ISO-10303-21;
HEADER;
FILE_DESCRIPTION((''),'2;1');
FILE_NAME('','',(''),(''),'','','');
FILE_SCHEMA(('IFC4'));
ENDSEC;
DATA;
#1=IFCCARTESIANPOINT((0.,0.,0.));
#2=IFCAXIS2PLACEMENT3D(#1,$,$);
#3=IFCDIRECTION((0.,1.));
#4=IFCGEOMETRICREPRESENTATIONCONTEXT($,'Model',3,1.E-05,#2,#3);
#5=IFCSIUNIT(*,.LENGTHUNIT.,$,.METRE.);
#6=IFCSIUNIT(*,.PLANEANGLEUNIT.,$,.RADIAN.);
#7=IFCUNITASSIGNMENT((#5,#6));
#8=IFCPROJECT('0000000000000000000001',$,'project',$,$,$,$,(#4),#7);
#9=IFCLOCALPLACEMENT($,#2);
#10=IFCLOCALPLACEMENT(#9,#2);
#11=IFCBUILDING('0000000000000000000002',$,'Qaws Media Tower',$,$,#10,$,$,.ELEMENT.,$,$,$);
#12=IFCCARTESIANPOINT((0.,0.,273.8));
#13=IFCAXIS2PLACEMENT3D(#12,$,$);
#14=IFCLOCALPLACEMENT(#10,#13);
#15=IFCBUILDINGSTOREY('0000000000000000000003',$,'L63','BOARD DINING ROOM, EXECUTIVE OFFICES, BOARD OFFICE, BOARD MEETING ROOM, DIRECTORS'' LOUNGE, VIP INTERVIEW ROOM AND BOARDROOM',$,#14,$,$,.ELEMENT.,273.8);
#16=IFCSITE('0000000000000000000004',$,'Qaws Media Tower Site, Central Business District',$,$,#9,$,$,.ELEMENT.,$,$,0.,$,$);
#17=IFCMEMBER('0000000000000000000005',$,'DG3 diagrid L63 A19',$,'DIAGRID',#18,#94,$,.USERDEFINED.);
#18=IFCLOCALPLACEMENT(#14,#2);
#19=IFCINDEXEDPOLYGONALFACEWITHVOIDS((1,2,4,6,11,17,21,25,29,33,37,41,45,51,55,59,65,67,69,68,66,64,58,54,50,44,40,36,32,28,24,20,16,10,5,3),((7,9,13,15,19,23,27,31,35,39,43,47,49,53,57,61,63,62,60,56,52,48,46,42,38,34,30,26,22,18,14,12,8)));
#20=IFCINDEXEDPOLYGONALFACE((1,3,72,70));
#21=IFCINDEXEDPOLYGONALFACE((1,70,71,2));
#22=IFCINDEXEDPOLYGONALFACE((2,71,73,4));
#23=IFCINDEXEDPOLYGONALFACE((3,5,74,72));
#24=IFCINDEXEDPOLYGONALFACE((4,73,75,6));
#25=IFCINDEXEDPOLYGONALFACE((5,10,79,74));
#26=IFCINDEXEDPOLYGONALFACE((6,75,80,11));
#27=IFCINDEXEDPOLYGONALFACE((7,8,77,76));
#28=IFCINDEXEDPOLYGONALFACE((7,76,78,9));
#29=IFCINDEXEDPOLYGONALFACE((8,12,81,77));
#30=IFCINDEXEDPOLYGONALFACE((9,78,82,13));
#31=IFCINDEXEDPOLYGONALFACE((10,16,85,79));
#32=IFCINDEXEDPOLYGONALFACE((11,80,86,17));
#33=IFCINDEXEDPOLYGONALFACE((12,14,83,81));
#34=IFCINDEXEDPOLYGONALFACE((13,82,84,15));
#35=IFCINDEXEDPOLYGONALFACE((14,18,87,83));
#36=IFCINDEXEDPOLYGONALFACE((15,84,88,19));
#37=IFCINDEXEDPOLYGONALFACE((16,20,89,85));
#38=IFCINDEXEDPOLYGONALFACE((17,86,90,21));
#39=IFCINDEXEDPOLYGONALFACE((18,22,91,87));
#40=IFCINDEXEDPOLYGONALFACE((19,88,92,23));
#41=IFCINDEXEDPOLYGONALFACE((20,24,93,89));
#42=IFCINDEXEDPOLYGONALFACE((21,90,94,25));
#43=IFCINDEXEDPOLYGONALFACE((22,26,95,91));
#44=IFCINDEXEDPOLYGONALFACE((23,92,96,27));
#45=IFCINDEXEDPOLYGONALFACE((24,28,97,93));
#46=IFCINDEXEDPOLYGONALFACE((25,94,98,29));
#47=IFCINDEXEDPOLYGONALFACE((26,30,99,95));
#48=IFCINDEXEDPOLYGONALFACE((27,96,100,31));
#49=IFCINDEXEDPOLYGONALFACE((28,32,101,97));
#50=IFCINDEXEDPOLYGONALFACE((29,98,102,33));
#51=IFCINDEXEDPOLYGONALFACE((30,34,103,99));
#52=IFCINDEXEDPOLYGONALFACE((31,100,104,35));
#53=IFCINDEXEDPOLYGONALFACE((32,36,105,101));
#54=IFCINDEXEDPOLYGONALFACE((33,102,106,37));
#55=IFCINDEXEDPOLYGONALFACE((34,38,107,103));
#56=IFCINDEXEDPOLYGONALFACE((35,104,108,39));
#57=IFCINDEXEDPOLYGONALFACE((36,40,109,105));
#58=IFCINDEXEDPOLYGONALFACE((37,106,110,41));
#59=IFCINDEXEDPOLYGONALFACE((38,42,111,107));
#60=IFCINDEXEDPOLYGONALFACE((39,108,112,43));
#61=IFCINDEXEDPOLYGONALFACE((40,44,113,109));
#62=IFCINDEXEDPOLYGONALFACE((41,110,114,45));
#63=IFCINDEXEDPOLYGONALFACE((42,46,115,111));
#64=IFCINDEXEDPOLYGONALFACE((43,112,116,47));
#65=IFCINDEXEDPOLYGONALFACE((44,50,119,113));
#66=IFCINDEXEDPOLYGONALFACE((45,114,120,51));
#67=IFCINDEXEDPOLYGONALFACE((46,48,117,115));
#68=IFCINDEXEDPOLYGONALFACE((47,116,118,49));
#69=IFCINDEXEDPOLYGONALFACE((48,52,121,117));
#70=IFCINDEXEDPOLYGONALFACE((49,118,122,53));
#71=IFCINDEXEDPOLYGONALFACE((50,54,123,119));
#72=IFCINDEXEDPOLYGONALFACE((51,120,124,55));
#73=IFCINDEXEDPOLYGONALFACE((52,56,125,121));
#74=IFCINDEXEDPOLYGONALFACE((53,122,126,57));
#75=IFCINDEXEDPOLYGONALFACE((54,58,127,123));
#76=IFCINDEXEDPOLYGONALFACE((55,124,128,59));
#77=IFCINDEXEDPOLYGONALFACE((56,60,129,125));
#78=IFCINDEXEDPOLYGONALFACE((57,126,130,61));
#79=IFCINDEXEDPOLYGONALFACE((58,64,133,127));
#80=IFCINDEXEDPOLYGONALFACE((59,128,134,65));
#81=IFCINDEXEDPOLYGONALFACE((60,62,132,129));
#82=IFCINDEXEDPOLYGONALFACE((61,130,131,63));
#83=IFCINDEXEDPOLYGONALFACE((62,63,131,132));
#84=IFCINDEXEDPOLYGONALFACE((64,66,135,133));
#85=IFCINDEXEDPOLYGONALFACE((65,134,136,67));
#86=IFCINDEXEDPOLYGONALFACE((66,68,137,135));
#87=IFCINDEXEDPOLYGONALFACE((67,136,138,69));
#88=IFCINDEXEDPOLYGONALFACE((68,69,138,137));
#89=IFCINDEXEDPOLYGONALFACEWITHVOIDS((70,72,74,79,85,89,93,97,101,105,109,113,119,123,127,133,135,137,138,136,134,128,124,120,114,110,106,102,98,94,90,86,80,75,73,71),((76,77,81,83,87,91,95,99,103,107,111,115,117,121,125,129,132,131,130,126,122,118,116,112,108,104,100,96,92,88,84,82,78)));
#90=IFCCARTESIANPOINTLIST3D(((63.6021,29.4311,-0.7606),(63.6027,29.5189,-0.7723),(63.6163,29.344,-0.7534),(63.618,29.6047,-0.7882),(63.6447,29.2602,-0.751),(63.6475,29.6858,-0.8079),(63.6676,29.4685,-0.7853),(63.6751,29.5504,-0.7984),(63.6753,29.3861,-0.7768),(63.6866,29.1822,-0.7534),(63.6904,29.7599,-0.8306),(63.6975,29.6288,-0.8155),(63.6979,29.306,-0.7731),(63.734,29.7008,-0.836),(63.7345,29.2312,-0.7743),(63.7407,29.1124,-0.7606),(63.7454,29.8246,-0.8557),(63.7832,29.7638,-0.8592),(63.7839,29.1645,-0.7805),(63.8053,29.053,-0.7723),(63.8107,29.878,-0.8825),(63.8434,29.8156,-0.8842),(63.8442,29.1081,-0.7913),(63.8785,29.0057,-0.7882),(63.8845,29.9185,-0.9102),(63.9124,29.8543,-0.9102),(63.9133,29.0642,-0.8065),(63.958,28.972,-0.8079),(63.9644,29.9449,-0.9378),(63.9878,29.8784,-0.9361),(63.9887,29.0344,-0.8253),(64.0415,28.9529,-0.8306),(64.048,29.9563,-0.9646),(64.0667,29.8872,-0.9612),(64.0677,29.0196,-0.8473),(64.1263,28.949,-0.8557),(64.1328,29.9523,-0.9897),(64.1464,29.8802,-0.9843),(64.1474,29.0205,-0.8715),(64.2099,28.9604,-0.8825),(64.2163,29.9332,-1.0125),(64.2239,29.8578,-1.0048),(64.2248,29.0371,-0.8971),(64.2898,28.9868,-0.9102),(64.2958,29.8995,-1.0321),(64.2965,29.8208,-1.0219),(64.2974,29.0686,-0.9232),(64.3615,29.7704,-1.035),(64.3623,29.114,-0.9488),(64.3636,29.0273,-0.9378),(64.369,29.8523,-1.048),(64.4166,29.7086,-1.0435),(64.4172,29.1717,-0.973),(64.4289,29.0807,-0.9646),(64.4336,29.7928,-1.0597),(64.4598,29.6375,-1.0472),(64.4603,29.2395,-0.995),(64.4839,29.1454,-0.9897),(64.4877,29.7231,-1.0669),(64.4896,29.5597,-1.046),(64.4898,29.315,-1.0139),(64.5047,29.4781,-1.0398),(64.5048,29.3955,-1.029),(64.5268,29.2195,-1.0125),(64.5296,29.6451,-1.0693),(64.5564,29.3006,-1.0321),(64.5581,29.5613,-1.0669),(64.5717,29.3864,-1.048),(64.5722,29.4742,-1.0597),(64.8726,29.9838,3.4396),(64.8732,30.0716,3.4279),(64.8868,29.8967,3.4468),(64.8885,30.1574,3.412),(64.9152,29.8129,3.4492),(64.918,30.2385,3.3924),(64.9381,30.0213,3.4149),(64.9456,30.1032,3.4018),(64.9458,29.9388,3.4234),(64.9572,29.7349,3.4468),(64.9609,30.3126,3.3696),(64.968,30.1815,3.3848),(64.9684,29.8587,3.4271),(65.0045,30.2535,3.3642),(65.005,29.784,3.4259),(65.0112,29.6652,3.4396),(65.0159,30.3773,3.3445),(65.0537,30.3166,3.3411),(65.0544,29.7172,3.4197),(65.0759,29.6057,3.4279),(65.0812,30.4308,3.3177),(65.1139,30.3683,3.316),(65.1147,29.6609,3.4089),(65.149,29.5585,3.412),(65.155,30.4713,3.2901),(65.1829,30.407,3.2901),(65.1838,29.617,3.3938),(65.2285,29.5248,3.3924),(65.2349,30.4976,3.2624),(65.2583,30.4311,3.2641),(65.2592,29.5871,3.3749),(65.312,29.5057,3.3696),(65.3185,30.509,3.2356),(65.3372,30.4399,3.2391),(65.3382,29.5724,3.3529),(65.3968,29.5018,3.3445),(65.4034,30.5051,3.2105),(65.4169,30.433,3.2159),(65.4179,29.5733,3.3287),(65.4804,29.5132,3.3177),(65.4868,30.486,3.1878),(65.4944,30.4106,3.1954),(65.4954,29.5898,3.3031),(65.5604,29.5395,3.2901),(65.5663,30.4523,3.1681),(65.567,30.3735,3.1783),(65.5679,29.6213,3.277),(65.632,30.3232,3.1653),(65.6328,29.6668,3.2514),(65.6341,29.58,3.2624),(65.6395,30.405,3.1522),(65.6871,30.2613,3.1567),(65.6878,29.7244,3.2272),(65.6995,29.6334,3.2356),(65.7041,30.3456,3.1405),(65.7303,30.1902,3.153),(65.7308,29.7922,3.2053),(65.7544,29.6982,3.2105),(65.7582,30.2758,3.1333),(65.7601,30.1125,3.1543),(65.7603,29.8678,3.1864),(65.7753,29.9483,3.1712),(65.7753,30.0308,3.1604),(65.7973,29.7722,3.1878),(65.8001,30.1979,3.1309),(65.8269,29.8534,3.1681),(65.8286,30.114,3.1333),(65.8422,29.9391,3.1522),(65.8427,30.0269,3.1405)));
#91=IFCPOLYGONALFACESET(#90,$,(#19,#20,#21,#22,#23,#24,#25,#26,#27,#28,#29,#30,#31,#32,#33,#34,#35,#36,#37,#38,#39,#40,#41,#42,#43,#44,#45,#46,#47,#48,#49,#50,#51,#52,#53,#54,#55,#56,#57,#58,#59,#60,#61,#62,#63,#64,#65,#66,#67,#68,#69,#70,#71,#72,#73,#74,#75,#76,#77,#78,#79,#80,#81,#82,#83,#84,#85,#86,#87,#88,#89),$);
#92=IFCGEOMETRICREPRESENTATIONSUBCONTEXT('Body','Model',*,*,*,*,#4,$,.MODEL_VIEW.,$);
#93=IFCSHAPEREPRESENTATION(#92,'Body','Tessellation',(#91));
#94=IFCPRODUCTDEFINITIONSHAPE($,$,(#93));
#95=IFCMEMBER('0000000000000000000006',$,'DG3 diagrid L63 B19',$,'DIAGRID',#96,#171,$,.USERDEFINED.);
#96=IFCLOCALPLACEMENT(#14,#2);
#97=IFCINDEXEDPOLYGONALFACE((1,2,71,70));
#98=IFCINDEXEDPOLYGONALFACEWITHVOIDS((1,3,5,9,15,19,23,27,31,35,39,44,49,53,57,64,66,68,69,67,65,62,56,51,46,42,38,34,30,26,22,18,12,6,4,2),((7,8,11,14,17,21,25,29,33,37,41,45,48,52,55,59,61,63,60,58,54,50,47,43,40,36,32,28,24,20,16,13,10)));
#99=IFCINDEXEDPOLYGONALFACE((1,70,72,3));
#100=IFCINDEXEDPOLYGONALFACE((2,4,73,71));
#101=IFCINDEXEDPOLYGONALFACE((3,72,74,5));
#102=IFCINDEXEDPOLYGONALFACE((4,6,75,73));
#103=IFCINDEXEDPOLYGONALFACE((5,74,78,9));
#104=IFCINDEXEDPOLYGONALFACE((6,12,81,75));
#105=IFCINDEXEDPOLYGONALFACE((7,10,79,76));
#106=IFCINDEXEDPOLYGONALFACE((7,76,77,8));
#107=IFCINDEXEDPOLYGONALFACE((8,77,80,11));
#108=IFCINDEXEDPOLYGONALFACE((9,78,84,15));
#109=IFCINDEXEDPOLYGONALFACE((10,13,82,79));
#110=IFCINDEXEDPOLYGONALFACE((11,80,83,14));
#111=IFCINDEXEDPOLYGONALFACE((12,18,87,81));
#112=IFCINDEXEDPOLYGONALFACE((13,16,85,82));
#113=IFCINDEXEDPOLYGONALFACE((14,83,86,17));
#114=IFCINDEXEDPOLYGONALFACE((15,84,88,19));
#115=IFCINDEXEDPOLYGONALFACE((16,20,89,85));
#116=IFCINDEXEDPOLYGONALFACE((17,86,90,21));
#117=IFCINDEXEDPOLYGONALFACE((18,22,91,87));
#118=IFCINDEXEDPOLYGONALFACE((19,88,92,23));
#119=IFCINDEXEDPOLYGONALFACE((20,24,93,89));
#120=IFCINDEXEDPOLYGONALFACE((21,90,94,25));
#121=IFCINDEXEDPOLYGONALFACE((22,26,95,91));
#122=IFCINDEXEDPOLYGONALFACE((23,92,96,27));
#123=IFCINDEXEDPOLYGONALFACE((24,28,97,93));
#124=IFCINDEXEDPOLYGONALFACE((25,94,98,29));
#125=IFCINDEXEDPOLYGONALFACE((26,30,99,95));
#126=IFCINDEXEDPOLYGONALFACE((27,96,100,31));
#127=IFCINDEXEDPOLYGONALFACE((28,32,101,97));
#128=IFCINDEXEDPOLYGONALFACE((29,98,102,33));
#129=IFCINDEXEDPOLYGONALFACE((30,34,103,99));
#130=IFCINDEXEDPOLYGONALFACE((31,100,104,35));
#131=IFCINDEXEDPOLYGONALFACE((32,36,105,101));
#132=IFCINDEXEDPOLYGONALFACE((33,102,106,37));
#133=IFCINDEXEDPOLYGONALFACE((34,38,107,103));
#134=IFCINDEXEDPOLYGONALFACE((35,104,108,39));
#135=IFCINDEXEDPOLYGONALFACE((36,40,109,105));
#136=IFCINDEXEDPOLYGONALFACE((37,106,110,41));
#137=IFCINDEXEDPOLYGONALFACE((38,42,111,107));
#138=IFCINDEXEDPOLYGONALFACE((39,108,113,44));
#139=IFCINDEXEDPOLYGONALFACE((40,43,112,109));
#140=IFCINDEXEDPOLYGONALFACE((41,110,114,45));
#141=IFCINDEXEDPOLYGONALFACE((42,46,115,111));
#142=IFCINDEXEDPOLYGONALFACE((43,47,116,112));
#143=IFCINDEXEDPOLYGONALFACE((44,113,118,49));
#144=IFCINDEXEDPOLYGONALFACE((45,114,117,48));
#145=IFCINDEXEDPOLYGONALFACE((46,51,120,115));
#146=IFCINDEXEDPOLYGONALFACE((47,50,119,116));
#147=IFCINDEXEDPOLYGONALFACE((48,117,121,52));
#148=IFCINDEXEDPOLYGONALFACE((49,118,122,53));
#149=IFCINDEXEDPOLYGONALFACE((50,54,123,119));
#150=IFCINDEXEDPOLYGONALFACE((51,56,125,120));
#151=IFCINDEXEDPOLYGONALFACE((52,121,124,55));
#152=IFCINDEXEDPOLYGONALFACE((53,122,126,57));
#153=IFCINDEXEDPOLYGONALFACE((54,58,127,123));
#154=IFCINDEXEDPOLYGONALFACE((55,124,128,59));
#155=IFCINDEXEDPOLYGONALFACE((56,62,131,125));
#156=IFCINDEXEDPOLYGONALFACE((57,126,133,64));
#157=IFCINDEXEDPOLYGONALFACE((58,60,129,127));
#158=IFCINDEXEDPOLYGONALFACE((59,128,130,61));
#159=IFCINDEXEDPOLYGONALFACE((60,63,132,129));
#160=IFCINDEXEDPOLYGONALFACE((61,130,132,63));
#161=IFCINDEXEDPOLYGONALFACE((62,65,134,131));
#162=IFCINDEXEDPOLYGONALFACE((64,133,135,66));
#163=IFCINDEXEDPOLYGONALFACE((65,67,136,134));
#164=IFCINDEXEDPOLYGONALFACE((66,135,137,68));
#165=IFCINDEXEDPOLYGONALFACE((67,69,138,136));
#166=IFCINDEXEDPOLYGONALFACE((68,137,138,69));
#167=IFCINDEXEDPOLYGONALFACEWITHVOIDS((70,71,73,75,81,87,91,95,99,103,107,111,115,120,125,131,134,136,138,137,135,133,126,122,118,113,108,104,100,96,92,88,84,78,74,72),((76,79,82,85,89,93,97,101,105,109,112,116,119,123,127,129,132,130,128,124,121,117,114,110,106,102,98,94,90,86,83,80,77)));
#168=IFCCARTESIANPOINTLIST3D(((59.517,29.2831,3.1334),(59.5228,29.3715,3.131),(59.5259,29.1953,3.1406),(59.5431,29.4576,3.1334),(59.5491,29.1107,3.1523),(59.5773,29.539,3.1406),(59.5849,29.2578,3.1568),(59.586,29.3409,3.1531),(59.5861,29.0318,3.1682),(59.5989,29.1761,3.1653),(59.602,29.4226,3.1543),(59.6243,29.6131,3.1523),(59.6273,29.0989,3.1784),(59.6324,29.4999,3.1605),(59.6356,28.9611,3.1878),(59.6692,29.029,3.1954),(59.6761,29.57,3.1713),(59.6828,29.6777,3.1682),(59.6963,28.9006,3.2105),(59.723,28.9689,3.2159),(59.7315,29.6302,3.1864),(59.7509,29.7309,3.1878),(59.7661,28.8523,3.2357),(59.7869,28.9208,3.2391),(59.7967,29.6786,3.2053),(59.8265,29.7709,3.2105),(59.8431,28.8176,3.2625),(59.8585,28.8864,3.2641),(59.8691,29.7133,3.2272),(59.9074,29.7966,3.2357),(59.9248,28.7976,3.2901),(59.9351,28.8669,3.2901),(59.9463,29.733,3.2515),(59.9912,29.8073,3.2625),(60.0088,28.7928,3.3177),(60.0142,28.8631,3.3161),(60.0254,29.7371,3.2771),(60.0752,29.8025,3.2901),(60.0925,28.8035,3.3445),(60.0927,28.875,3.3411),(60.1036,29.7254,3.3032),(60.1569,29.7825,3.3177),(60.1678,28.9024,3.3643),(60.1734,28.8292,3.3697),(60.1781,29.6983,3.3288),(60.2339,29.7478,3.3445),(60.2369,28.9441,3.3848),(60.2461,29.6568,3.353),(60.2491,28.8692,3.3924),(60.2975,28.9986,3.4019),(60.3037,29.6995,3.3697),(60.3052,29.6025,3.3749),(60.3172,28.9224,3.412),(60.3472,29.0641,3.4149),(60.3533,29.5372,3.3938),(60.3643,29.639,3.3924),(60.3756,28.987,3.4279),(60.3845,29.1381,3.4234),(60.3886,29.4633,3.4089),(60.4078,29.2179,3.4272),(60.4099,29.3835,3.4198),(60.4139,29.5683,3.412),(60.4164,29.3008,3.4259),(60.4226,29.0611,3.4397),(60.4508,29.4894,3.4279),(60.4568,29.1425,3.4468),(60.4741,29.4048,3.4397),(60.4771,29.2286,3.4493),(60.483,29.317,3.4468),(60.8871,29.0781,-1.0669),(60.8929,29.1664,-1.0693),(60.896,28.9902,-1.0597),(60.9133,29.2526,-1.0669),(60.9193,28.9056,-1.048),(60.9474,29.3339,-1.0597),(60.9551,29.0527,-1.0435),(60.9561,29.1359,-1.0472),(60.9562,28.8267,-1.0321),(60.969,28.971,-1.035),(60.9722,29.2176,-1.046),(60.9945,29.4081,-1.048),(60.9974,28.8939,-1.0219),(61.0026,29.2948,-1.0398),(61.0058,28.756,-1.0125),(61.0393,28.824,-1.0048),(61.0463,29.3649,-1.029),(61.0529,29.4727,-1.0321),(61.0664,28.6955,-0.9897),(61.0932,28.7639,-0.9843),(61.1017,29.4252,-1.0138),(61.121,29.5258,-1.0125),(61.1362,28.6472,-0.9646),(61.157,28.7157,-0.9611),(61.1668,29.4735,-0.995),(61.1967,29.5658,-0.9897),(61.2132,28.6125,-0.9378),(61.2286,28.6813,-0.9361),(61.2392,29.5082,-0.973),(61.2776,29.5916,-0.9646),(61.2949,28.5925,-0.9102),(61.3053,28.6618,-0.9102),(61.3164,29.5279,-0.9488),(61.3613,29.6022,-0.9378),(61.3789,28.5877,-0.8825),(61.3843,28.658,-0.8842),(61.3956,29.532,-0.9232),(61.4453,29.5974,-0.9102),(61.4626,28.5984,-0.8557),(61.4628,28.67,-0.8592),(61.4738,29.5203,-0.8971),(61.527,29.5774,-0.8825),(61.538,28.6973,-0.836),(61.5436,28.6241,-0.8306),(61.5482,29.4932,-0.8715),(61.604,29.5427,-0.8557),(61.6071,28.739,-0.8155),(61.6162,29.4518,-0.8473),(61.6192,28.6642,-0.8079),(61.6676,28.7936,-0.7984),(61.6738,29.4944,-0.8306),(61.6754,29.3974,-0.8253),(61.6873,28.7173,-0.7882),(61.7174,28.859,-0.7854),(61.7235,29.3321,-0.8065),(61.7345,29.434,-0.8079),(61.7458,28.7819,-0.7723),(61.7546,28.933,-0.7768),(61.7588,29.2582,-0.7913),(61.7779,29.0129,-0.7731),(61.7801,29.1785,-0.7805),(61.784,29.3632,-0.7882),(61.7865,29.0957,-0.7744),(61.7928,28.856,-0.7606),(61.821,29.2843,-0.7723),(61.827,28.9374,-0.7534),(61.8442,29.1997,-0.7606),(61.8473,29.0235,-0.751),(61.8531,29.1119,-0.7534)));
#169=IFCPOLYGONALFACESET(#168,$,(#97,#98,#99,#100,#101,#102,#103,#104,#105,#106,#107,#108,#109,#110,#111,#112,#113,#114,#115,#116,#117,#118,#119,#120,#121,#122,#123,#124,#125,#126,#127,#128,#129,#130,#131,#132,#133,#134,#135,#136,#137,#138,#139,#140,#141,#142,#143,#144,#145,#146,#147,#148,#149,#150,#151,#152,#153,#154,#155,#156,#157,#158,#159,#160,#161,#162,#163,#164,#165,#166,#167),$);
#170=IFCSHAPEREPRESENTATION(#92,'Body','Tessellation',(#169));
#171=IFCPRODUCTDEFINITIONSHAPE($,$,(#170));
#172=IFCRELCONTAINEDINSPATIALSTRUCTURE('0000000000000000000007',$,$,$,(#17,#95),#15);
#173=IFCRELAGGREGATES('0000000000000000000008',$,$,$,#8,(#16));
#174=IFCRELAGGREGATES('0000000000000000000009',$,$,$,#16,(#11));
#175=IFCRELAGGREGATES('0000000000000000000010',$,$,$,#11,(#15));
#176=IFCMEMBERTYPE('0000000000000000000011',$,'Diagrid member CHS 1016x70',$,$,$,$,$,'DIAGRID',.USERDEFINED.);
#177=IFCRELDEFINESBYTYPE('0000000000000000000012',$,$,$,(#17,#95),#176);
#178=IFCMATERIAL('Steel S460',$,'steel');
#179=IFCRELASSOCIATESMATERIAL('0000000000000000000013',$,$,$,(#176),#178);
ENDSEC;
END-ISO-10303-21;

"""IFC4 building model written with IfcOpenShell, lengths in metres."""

from ifc_helpers import new_model, si_unit, direction, frame, origin, origin_2d, place, context, subcontext, project, spatial, hollow_circle, extrude, material, material_profile, profile_set, type_object, element, save


model = new_model("IFC4")

# Units and contexts
model_context = context("Model", 3, precision=1e-05, world=origin(), true_north=direction((0.0, 1.0)))
body_context = subcontext(model_context, "Body", "Model", "MODEL_VIEW")
ifc_project = project(units=[si_unit("LENGTHUNIT", "METRE"), si_unit("PLANEANGLEUNIT", "RADIAN")], contexts=[model_context])

# Site, building, storey
site_placement = place(None, origin())
site = spatial("IfcSite", under=ifc_project, at=site_placement, Name="Qaws Media Tower Site, Central Business District", CompositionType="ELEMENT", RefElevation=0.0)
building_placement = place(site_placement, origin())
building = spatial("IfcBuilding", under=site, at=building_placement, Name="Qaws Media Tower", CompositionType="ELEMENT")
storey_placement = place(building_placement, frame((0.0, 0.0, 273.8)))
storey = spatial("IfcBuildingStorey", under=building, at=storey_placement, Name="L63", Description="BOARD DINING ROOM, EXECUTIVE OFFICES, BOARD OFFICE, BOARD MEETING ROOM, DIRECTORS' LOUNGE, VIP INTERVIEW ROOM AND BOARDROOM", CompositionType="ELEMENT", Elevation=273.8)

# Members
ifc_material_1 = material(Name="Steel S460", Category="steel")
ifc_material_profile_1 = material_profile(ifc_material_1, hollow_circle(Radius=0.5081, WallThickness=0.0701, at=origin_2d()), Name="CHS 1016x70")
ifc_profile_set_1 = profile_set([ifc_material_profile_1], Name="Steel S460")
member_type_1 = type_object("IfcMemberType", Name="Diagrid member CHS 1016x70", ElementType="DIAGRID", PredefinedType="USERDEFINED", material=ifc_profile_set_1)
for number, where, z_axis, x_axis, name in (
    (1, (64.0872, 29.4526, -0.9102), (0.287262, 0.124973, 0.949664), (-0.398932, 0.91698, 0.0), "DG3 diagrid L63 A19"),
    (2, (61.3701, 29.095, -0.9102), (-0.309787, 0.046369, 0.949675), (-0.14803, -0.988983, 0.0), "DG3 diagrid L63 B19"),
):
    element("IfcMember", number, at=place(storey_placement, frame(where, z_axis=z_axis, x_axis=x_axis)), inside=storey, type_object=member_type_1, Name=name, ObjectType="DIAGRID", PredefinedType="USERDEFINED", context=body_context, shape_type="SweptSolid", body=[
        extrude(hollow_circle(Radius=0.5081, WallThickness=0.0701, at=origin_2d()), origin(), (0.0, 0.0, 1.0), 4.4229),
    ])

save(model, "model.ifc")
